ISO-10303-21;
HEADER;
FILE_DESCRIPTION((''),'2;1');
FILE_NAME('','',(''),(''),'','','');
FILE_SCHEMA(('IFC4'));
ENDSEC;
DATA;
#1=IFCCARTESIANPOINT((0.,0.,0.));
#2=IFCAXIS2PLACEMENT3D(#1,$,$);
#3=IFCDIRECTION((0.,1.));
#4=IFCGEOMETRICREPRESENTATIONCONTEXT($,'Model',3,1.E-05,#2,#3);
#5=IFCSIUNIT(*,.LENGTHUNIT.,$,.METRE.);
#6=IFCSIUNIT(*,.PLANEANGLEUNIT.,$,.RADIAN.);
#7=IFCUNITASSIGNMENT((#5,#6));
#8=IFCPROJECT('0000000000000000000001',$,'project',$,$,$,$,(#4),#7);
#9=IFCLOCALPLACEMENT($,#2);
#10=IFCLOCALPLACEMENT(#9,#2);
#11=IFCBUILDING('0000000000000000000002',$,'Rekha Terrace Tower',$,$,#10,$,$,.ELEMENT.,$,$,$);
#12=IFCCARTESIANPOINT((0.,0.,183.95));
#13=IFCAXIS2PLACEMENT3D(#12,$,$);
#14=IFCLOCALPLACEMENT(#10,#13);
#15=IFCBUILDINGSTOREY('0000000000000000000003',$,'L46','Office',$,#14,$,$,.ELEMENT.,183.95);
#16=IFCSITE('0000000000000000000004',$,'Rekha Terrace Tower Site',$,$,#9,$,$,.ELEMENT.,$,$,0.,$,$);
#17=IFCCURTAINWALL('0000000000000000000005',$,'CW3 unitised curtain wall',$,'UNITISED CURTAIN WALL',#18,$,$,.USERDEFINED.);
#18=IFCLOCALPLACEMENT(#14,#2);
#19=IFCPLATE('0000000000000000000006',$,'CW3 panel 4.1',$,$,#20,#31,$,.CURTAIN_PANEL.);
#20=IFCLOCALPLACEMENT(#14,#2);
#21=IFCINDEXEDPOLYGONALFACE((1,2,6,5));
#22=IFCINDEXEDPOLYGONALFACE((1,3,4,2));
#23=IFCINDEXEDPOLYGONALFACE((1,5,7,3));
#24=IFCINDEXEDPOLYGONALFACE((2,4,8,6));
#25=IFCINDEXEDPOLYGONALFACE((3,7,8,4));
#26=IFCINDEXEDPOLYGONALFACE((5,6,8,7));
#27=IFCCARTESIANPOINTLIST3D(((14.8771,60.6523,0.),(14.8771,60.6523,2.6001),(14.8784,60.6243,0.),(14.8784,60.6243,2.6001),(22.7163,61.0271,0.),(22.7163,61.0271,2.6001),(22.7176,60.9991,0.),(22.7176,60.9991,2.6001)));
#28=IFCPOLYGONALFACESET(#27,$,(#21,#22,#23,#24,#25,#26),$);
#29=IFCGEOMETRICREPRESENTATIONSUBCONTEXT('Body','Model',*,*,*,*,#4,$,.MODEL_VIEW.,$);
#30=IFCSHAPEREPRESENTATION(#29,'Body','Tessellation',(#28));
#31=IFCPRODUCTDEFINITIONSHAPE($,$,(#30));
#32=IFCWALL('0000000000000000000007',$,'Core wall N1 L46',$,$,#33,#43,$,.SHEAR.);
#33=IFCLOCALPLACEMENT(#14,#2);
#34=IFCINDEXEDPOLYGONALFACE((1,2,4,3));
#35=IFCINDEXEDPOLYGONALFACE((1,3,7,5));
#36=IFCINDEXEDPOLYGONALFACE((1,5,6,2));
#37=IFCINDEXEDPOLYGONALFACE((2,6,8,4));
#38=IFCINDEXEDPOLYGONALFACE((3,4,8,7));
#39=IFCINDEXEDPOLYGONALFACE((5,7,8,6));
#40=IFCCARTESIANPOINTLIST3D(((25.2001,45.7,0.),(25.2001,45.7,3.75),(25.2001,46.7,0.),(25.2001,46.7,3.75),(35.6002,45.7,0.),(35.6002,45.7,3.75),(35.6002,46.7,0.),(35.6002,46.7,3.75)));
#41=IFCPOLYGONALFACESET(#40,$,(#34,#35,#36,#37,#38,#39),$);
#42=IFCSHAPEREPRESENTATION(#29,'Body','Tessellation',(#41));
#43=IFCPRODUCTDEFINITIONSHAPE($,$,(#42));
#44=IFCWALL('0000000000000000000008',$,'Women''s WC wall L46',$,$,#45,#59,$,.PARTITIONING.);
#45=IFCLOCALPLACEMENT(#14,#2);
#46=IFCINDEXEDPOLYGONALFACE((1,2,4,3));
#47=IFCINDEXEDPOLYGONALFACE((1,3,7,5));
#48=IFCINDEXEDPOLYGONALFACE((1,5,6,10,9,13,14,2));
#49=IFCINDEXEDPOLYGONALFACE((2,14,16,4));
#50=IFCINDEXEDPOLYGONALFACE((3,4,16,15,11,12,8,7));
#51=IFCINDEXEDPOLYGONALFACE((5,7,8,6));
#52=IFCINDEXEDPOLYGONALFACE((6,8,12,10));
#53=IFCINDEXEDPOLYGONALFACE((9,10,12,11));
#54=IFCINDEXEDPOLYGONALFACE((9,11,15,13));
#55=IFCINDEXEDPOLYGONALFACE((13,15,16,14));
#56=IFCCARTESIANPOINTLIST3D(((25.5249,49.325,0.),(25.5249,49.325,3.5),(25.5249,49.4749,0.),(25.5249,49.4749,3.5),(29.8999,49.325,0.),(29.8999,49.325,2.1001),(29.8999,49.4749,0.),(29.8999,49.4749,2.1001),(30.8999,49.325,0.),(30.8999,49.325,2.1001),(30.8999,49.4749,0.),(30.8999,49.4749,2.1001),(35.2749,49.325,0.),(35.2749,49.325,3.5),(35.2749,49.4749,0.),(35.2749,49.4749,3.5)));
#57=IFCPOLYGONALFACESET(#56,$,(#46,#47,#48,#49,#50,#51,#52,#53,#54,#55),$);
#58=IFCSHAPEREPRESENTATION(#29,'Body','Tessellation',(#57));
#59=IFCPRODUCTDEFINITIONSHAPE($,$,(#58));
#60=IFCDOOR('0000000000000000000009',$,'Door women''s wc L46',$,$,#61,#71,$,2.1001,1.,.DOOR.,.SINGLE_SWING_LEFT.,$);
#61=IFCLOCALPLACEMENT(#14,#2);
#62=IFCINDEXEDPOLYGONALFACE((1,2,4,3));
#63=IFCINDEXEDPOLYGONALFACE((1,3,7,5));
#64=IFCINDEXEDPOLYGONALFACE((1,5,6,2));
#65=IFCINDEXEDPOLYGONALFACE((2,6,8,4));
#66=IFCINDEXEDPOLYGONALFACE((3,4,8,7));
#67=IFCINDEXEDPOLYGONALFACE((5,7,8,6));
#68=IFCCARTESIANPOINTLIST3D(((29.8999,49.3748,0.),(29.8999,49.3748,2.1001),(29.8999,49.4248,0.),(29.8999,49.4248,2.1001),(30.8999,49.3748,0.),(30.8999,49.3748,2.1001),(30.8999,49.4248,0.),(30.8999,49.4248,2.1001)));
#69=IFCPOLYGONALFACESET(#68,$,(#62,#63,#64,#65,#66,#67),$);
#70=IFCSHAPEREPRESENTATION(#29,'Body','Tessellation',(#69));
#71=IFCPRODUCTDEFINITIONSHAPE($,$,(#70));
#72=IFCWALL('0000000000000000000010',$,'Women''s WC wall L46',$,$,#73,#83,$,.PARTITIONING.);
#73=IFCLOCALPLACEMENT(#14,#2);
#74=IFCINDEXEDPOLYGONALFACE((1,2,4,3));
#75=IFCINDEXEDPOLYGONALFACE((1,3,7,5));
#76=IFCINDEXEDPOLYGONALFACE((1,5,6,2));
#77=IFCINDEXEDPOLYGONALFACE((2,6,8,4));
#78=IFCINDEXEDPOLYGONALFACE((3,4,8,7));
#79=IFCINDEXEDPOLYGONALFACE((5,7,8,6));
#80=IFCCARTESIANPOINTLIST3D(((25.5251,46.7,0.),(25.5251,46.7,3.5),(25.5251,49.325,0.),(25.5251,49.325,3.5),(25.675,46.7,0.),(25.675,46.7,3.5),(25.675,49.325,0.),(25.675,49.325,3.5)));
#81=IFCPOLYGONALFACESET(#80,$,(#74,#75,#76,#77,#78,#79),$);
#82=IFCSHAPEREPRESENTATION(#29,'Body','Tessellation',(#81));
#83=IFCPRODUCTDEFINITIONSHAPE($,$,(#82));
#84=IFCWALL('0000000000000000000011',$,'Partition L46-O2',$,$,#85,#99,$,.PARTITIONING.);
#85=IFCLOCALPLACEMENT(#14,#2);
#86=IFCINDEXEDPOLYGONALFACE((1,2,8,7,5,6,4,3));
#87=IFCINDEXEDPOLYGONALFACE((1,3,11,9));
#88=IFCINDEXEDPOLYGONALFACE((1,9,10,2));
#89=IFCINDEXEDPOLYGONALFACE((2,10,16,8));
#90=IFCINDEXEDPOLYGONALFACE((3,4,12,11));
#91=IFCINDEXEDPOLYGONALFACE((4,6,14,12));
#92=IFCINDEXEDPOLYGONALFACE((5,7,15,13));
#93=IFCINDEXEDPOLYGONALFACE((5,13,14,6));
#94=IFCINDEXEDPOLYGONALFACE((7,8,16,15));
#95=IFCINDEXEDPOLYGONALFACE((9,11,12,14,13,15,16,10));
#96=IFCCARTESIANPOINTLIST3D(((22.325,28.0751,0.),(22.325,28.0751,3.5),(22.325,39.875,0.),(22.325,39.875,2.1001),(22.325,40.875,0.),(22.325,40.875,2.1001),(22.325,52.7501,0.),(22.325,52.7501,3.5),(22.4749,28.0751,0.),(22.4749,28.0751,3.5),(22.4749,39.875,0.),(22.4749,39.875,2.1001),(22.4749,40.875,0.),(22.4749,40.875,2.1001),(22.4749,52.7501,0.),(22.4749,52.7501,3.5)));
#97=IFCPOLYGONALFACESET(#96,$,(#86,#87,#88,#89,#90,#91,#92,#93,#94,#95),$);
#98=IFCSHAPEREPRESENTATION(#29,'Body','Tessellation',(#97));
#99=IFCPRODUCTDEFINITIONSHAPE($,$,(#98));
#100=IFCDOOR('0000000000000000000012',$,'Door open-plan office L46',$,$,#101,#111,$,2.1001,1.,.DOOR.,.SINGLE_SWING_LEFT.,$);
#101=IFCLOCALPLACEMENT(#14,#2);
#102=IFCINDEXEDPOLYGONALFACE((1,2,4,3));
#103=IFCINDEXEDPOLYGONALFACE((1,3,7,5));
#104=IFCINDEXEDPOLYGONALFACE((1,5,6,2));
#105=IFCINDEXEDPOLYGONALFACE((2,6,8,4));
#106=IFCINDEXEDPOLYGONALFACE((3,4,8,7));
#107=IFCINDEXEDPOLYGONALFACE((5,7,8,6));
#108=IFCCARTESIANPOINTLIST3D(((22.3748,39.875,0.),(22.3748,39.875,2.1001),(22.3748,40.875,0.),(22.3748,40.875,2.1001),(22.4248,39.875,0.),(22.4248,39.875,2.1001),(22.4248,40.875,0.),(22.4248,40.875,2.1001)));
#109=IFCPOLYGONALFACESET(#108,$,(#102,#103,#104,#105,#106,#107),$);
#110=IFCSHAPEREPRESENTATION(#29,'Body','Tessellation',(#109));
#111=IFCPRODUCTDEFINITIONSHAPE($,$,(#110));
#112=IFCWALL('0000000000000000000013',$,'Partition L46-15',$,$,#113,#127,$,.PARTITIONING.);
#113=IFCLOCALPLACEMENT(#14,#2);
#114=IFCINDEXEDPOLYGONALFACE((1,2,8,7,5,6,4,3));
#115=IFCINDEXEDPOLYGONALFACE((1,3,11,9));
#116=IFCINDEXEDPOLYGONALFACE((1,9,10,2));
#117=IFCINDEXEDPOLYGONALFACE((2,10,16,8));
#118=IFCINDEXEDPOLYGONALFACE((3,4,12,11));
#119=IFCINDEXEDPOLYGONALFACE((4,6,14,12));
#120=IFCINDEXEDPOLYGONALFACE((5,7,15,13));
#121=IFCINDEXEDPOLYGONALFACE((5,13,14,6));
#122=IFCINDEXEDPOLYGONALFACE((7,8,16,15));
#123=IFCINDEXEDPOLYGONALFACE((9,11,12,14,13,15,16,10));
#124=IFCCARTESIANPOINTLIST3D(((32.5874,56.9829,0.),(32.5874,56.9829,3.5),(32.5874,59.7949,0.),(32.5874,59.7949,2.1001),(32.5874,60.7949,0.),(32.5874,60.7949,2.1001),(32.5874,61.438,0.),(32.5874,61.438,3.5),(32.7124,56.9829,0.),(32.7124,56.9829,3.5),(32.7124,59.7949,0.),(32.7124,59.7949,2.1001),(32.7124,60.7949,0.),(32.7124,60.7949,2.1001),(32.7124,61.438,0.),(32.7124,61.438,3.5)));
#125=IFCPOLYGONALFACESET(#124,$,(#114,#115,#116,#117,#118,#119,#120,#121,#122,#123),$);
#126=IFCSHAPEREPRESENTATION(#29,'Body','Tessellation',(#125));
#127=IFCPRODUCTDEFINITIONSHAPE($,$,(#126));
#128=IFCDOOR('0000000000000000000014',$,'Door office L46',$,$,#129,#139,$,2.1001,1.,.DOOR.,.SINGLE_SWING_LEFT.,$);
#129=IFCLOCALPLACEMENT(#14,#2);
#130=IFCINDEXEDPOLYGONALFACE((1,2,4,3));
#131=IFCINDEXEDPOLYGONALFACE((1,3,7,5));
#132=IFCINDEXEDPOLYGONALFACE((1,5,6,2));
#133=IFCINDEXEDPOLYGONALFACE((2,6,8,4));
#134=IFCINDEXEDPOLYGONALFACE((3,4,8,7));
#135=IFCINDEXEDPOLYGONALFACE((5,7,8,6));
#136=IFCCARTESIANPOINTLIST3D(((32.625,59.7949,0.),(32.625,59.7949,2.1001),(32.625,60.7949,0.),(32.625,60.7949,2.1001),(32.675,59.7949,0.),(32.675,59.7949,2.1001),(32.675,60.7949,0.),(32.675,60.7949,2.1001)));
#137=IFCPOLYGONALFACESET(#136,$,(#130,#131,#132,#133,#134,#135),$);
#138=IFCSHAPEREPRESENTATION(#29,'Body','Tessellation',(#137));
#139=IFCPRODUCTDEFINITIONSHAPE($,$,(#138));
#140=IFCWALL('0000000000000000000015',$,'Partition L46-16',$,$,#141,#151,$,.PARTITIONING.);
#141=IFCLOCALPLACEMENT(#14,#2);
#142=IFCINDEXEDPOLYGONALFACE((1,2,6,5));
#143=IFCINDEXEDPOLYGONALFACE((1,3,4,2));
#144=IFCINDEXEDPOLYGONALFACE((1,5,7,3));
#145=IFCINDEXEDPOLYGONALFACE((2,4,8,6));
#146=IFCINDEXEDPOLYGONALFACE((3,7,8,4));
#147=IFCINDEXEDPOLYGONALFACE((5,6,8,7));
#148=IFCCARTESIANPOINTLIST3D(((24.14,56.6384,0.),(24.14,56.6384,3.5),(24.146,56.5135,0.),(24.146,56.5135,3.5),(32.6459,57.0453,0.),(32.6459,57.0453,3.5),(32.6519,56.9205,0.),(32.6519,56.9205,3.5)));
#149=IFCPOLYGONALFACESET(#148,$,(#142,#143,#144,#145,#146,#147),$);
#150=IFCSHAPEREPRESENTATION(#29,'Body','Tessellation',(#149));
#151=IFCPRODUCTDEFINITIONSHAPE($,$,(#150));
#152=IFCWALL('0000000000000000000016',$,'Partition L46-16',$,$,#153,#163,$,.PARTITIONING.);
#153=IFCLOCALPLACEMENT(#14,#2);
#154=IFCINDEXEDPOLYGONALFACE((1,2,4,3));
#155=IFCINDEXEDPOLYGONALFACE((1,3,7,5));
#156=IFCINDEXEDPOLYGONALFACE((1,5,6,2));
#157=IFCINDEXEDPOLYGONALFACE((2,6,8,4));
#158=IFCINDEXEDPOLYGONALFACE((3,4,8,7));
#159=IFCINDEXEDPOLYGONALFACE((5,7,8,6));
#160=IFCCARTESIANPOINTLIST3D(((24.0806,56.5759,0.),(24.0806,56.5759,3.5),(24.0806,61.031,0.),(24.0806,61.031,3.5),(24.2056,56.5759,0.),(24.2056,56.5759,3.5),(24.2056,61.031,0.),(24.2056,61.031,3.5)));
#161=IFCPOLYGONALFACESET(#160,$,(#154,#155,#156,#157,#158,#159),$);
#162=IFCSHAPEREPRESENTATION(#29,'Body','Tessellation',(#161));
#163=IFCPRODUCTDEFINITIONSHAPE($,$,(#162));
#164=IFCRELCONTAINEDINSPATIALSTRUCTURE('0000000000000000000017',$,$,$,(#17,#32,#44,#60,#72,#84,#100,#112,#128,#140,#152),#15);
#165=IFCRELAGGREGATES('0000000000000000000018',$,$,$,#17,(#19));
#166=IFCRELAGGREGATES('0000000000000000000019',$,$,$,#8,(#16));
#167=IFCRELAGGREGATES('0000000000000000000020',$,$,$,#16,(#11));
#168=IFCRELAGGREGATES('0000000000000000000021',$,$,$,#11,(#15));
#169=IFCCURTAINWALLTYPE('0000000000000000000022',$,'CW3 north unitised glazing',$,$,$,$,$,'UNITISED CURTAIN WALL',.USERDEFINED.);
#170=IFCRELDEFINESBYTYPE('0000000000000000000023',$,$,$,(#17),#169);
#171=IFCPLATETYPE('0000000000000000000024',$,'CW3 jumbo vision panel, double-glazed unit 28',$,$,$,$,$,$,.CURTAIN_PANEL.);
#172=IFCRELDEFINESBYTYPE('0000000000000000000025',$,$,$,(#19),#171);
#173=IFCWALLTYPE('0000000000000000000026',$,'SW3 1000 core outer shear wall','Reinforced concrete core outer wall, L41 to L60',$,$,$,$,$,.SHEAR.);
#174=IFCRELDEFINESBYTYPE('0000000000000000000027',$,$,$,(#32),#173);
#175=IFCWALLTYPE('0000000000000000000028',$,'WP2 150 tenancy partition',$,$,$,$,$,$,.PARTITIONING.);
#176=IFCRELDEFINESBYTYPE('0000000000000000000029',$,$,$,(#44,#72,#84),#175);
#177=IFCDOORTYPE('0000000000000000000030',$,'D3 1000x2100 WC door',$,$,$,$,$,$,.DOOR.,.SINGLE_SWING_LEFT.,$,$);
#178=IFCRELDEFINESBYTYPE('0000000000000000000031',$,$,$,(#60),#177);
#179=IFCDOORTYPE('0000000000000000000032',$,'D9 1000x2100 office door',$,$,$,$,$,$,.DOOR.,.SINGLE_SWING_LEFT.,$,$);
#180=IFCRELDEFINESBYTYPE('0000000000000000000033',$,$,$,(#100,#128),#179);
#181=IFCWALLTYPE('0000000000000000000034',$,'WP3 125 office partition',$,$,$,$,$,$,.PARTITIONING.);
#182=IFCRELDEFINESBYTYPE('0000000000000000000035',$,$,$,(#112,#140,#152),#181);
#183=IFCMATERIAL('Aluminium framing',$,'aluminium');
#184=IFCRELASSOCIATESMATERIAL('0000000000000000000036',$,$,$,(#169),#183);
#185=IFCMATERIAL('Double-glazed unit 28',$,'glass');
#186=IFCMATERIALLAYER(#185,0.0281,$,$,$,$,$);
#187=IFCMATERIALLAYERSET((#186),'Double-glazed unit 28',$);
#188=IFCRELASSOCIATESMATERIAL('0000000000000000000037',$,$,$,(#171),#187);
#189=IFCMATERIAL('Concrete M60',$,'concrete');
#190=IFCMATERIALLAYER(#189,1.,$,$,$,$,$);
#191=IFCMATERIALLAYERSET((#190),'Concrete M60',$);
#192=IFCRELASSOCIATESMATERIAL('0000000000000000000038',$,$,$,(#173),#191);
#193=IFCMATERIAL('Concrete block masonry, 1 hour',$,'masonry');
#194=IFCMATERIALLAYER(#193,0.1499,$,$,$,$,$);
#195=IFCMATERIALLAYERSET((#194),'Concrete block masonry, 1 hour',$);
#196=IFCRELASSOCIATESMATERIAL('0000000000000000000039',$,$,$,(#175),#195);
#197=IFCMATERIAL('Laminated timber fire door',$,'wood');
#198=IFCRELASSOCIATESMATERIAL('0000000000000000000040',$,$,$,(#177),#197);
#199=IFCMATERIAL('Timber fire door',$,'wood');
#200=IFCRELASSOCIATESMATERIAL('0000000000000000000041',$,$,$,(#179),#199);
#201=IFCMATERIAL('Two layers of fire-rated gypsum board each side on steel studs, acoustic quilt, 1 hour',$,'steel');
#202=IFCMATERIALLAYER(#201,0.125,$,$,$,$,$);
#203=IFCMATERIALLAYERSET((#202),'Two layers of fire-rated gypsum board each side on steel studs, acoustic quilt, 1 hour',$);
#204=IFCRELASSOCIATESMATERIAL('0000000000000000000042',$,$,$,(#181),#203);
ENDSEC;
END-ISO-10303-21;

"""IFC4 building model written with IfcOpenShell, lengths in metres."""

from ifc_helpers import new_model, si_unit, direction, frame, frame_2d, origin, origin_2d, place, context, subcontext, project, spatial, rectangle, extrude, material, layer, layer_set, type_object, element, fill, aggregate, save


model = new_model("IFC4")

# Units and contexts
model_context = context("Model", 3, precision=1e-05, world=origin(), true_north=direction((0.0, 1.0)))
body_context = subcontext(model_context, "Body", "Model", "MODEL_VIEW")
ifc_project = project(units=[si_unit("LENGTHUNIT", "METRE"), si_unit("PLANEANGLEUNIT", "RADIAN")], contexts=[model_context])

# Site, building, storey
site_placement = place(None, origin())
site = spatial("IfcSite", under=ifc_project, at=site_placement, Name="Rekha Terrace Tower Site", CompositionType="ELEMENT", RefElevation=0.0)
building_placement = place(site_placement, origin())
building = spatial("IfcBuilding", under=site, at=building_placement, Name="Rekha Terrace Tower", CompositionType="ELEMENT")
storey_placement = place(building_placement, frame((0.0, 0.0, 183.95)))
storey = spatial("IfcBuildingStorey", under=building, at=storey_placement, Name="L46", Description="Office", CompositionType="ELEMENT", Elevation=183.95)

# Curtain wall, plate
ifc_material_1 = material(Name="Aluminium framing", Category="aluminium")
curtain_wall_type = type_object("IfcCurtainWallType", Name="CW3 north unitised glazing", ElementType="UNITISED CURTAIN WALL", PredefinedType="USERDEFINED", material=ifc_material_1)
curtain_wall_placement = place(storey_placement, origin())
curtain_wall = element("IfcCurtainWall", 1, at=curtain_wall_placement, inside=storey, type_object=curtain_wall_type, Name="CW3 unitised curtain wall", ObjectType="UNITISED CURTAIN WALL", PredefinedType="USERDEFINED")
ifc_material_2 = material(Name="Double-glazed unit 28", Category="glass")
ifc_layer_1 = layer(ifc_material_2, 0.0281)
ifc_layer_set_1 = layer_set([ifc_layer_1], Name="Double-glazed unit 28")
plate_type = type_object("IfcPlateType", Name="CW3 jumbo vision panel, double-glazed unit 28", PredefinedType="CURTAIN_PANEL", material=ifc_layer_set_1)
plate_1_placement = place(storey_placement, frame((18.7974, 60.8257, 0.0), z_axis=(0.0, 0.0, 1.0), x_axis=(-0.998859, -0.047759, 0.0)))
plate_1 = element("IfcPlate", 2, at=plate_1_placement, type_object=plate_type, Name="CW3 panel 4.1", PredefinedType="CURTAIN_PANEL", context=body_context, shape_type="SweptSolid", body=[
    extrude(rectangle(XDim=7.8481, YDim=0.0281, at=origin_2d()), origin(), (0.0, 0.0, 1.0), 2.6001),
])
aggregate(curtain_wall, [plate_1])

# Wall
ifc_material_3 = material(Name="Concrete M60", Category="concrete")
ifc_layer_2 = layer(ifc_material_3, 1.0)
ifc_layer_set_2 = layer_set([ifc_layer_2], Name="Concrete M60")
wall_type_1 = type_object("IfcWallType", Name="SW3 1000 core outer shear wall", Description="Reinforced concrete core outer wall, L41 to L60", PredefinedType="SHEAR", material=ifc_layer_set_2)
wall_1_placement = place(storey_placement, frame((25.2, 46.2, 0.0), z_axis=(0.0, 0.0, 1.0), x_axis=(1.0, 0.0, 0.0)))
element("IfcWall", 3, at=wall_1_placement, inside=storey, type_object=wall_type_1, Name="Core wall N1 L46", PredefinedType="SHEAR", context=body_context, shape_type="SweptSolid", body=[
    extrude(rectangle(XDim=10.4001, YDim=1.0, at=frame_2d((5.2002, 0.0))), origin(), (0.0, 0.0, 1.0), 3.75),
])

# Wall, opening, door
ifc_material_4 = material(Name="Concrete block masonry, 1 hour", Category="masonry")
ifc_layer_3 = layer(ifc_material_4, 0.1499)
ifc_layer_set_3 = layer_set([ifc_layer_3], Name="Concrete block masonry, 1 hour")
wall_type_2 = type_object("IfcWallType", Name="WP2 150 tenancy partition", PredefinedType="PARTITIONING", material=ifc_layer_set_3)
wall_2_placement = place(storey_placement, frame((25.5249, 49.3999, 0.0), z_axis=(0.0, 0.0, 1.0), x_axis=(1.0, 0.0, 0.0)))
wall_2 = element("IfcWall", 4, at=wall_2_placement, inside=storey, type_object=wall_type_2, Name="Women's WC wall L46", PredefinedType="PARTITIONING", context=body_context, shape_type="SweptSolid", body=[
    extrude(rectangle(XDim=9.75, YDim=0.1499, at=frame_2d((4.875, 0.0))), origin(), (0.0, 0.0, 1.0), 3.5),
])
opening_1_placement = place(wall_2_placement, frame((4.375, 0.0, 0.0)))
opening_1 = element("IfcOpeningElement", 5, at=opening_1_placement, cuts=wall_2, PredefinedType="OPENING", context=body_context, shape_type="SweptSolid", body=[
    extrude(rectangle(XDim=1.0, YDim=2.1001, at=frame_2d((0.5, 1.05))), frame((0.0, 0.085, 0.0), z_axis=(0.0, -1.0, 0.0), x_axis=(1.0, 0.0, 0.0)), (0.0, 0.0, 1.0), 0.1699),
])
ifc_material_5 = material(Name="Laminated timber fire door", Category="wood")
door_type_1 = type_object("IfcDoorType", Name="D3 1000x2100 WC door", OperationType="SINGLE_SWING_LEFT", PredefinedType="DOOR", material=ifc_material_5)
door_1_placement = place(opening_1_placement, origin())
door_1 = element("IfcDoor", 6, at=door_1_placement, inside=storey, type_object=door_type_1, Name="Door women's wc L46", OperationType="SINGLE_SWING_LEFT", OverallHeight=2.1001, OverallWidth=1.0, PredefinedType="DOOR", context=body_context, shape_type="SweptSolid", body=[
    extrude(rectangle(XDim=1.0, YDim=2.1001, at=frame_2d((0.5, 1.05))), frame((0.0, 0.0249, 0.0), z_axis=(0.0, -1.0, 0.0), x_axis=(1.0, 0.0, 0.0)), (0.0, 0.0, 1.0), 0.05),
])
fill(opening_1, door_1)

# Wall
wall_3_placement = place(storey_placement, frame((25.6001, 46.7, 0.0), z_axis=(0.0, 0.0, 1.0), x_axis=(0.0, 1.0, 0.0)))
element("IfcWall", 7, at=wall_3_placement, inside=storey, type_object=wall_type_2, Name="Women's WC wall L46", PredefinedType="PARTITIONING", context=body_context, shape_type="SweptSolid", body=[
    extrude(rectangle(XDim=2.625, YDim=0.1499, at=frame_2d((1.3125, 0.0))), origin(), (0.0, 0.0, 1.0), 3.5),
])

# Walls, openings, doors
wall_4_placement = place(storey_placement, frame((22.3999, 52.75, 0.0), z_axis=(0.0, 0.0, 1.0), x_axis=(0.0, -1.0, 0.0)))
wall_4 = element("IfcWall", 8, at=wall_4_placement, inside=storey, type_object=wall_type_2, Name="Partition L46-O2", PredefinedType="PARTITIONING", context=body_context, shape_type="SweptSolid", body=[
    extrude(rectangle(XDim=24.675, YDim=0.1499, at=frame_2d((12.3374, 0.0))), origin(), (0.0, 0.0, 1.0), 3.5),
])
opening_2_placement = place(wall_4_placement, frame((11.875, 0.0, 0.0)))
opening_2 = element("IfcOpeningElement", 9, at=opening_2_placement, cuts=wall_4, PredefinedType="OPENING", context=body_context, shape_type="SweptSolid", body=[
    extrude(rectangle(XDim=1.0, YDim=2.1001, at=frame_2d((0.5, 1.05))), frame((0.0, 0.085, 0.0), z_axis=(0.0, -1.0, 0.0), x_axis=(1.0, 0.0, 0.0)), (0.0, 0.0, 1.0), 0.1699),
])
ifc_material_6 = material(Name="Timber fire door", Category="wood")
door_type_2 = type_object("IfcDoorType", Name="D9 1000x2100 office door", OperationType="SINGLE_SWING_LEFT", PredefinedType="DOOR", material=ifc_material_6)
door_2_placement = place(opening_2_placement, origin())
door_2 = element("IfcDoor", 10, at=door_2_placement, inside=storey, type_object=door_type_2, Name="Door open-plan office L46", OperationType="SINGLE_SWING_LEFT", OverallHeight=2.1001, OverallWidth=1.0, PredefinedType="DOOR", context=body_context, shape_type="SweptSolid", body=[
    extrude(rectangle(XDim=1.0, YDim=2.1001, at=frame_2d((0.5, 1.05))), frame((0.0, 0.0249, 0.0), z_axis=(0.0, -1.0, 0.0), x_axis=(1.0, 0.0, 0.0)), (0.0, 0.0, 1.0), 0.05),
])
fill(opening_2, door_2)
ifc_material_7 = material(Name="Two layers of fire-rated gypsum board each side on steel studs, acoustic quilt, 1 hour", Category="steel")
ifc_layer_4 = layer(ifc_material_7, 0.125)
ifc_layer_set_4 = layer_set([ifc_layer_4], Name="Two layers of fire-rated gypsum board each side on steel studs, acoustic quilt, 1 hour")
wall_type_3 = type_object("IfcWallType", Name="WP3 125 office partition", PredefinedType="PARTITIONING", material=ifc_layer_set_4)
wall_5_placement = place(storey_placement, frame((32.6499, 56.9829, 0.0), z_axis=(0.0, 0.0, 1.0), x_axis=(0.0, 1.0, 0.0)))
wall_5 = element("IfcWall", 11, at=wall_5_placement, inside=storey, type_object=wall_type_3, Name="Partition L46-15", PredefinedType="PARTITIONING", context=body_context, shape_type="SweptSolid", body=[
    extrude(rectangle(XDim=4.4551, YDim=0.125, at=frame_2d((2.2275, 0.0))), origin(), (0.0, 0.0, 1.0), 3.5),
])
opening_3_placement = place(wall_5_placement, frame((2.812, 0.0, 0.0)))
opening_3 = element("IfcOpeningElement", 12, at=opening_3_placement, cuts=wall_5, PredefinedType="OPENING", context=body_context, shape_type="SweptSolid", body=[
    extrude(rectangle(XDim=1.0, YDim=2.1001, at=frame_2d((0.5, 1.05))), frame((0.0, 0.0725, 0.0), z_axis=(0.0, -1.0, 0.0), x_axis=(1.0, 0.0, 0.0)), (0.0, 0.0, 1.0), 0.145),
])
door_3_placement = place(opening_3_placement, origin())
door_3 = element("IfcDoor", 13, at=door_3_placement, inside=storey, type_object=door_type_2, Name="Door office L46", OperationType="SINGLE_SWING_LEFT", OverallHeight=2.1001, OverallWidth=1.0, PredefinedType="DOOR", context=body_context, shape_type="SweptSolid", body=[
    extrude(rectangle(XDim=1.0, YDim=2.1001, at=frame_2d((0.5, 1.05))), frame((0.0, 0.0249, 0.0), z_axis=(0.0, -1.0, 0.0), x_axis=(1.0, 0.0, 0.0)), (0.0, 0.0, 1.0), 0.05),
])
fill(opening_3, door_3)

# Walls
wall_6_placement = place(storey_placement, frame((32.6489, 56.9829, 0.0), z_axis=(0.0, 0.0, 1.0), x_axis=(-0.998857, -0.047793, 0.0)))
element("IfcWall", 14, at=wall_6_placement, inside=storey, type_object=wall_type_3, Name="Partition L46-16", PredefinedType="PARTITIONING", context=body_context, shape_type="SweptSolid", body=[
    extrude(rectangle(XDim=8.5156, YDim=0.125, at=frame_2d((4.2578, 0.0))), origin(), (0.0, 0.0, 1.0), 3.5),
])
wall_7_placement = place(storey_placement, frame((24.1431, 56.5759, 0.0), z_axis=(0.0, 0.0, 1.0), x_axis=(0.0, 1.0, 0.0)))
element("IfcWall", 15, at=wall_7_placement, inside=storey, type_object=wall_type_3, Name="Partition L46-16", PredefinedType="PARTITIONING", context=body_context, shape_type="SweptSolid", body=[
    extrude(rectangle(XDim=4.4551, YDim=0.125, at=frame_2d((2.2275, 0.0))), origin(), (0.0, 0.0, 1.0), 3.5),
])

save(model, "model.ifc")
